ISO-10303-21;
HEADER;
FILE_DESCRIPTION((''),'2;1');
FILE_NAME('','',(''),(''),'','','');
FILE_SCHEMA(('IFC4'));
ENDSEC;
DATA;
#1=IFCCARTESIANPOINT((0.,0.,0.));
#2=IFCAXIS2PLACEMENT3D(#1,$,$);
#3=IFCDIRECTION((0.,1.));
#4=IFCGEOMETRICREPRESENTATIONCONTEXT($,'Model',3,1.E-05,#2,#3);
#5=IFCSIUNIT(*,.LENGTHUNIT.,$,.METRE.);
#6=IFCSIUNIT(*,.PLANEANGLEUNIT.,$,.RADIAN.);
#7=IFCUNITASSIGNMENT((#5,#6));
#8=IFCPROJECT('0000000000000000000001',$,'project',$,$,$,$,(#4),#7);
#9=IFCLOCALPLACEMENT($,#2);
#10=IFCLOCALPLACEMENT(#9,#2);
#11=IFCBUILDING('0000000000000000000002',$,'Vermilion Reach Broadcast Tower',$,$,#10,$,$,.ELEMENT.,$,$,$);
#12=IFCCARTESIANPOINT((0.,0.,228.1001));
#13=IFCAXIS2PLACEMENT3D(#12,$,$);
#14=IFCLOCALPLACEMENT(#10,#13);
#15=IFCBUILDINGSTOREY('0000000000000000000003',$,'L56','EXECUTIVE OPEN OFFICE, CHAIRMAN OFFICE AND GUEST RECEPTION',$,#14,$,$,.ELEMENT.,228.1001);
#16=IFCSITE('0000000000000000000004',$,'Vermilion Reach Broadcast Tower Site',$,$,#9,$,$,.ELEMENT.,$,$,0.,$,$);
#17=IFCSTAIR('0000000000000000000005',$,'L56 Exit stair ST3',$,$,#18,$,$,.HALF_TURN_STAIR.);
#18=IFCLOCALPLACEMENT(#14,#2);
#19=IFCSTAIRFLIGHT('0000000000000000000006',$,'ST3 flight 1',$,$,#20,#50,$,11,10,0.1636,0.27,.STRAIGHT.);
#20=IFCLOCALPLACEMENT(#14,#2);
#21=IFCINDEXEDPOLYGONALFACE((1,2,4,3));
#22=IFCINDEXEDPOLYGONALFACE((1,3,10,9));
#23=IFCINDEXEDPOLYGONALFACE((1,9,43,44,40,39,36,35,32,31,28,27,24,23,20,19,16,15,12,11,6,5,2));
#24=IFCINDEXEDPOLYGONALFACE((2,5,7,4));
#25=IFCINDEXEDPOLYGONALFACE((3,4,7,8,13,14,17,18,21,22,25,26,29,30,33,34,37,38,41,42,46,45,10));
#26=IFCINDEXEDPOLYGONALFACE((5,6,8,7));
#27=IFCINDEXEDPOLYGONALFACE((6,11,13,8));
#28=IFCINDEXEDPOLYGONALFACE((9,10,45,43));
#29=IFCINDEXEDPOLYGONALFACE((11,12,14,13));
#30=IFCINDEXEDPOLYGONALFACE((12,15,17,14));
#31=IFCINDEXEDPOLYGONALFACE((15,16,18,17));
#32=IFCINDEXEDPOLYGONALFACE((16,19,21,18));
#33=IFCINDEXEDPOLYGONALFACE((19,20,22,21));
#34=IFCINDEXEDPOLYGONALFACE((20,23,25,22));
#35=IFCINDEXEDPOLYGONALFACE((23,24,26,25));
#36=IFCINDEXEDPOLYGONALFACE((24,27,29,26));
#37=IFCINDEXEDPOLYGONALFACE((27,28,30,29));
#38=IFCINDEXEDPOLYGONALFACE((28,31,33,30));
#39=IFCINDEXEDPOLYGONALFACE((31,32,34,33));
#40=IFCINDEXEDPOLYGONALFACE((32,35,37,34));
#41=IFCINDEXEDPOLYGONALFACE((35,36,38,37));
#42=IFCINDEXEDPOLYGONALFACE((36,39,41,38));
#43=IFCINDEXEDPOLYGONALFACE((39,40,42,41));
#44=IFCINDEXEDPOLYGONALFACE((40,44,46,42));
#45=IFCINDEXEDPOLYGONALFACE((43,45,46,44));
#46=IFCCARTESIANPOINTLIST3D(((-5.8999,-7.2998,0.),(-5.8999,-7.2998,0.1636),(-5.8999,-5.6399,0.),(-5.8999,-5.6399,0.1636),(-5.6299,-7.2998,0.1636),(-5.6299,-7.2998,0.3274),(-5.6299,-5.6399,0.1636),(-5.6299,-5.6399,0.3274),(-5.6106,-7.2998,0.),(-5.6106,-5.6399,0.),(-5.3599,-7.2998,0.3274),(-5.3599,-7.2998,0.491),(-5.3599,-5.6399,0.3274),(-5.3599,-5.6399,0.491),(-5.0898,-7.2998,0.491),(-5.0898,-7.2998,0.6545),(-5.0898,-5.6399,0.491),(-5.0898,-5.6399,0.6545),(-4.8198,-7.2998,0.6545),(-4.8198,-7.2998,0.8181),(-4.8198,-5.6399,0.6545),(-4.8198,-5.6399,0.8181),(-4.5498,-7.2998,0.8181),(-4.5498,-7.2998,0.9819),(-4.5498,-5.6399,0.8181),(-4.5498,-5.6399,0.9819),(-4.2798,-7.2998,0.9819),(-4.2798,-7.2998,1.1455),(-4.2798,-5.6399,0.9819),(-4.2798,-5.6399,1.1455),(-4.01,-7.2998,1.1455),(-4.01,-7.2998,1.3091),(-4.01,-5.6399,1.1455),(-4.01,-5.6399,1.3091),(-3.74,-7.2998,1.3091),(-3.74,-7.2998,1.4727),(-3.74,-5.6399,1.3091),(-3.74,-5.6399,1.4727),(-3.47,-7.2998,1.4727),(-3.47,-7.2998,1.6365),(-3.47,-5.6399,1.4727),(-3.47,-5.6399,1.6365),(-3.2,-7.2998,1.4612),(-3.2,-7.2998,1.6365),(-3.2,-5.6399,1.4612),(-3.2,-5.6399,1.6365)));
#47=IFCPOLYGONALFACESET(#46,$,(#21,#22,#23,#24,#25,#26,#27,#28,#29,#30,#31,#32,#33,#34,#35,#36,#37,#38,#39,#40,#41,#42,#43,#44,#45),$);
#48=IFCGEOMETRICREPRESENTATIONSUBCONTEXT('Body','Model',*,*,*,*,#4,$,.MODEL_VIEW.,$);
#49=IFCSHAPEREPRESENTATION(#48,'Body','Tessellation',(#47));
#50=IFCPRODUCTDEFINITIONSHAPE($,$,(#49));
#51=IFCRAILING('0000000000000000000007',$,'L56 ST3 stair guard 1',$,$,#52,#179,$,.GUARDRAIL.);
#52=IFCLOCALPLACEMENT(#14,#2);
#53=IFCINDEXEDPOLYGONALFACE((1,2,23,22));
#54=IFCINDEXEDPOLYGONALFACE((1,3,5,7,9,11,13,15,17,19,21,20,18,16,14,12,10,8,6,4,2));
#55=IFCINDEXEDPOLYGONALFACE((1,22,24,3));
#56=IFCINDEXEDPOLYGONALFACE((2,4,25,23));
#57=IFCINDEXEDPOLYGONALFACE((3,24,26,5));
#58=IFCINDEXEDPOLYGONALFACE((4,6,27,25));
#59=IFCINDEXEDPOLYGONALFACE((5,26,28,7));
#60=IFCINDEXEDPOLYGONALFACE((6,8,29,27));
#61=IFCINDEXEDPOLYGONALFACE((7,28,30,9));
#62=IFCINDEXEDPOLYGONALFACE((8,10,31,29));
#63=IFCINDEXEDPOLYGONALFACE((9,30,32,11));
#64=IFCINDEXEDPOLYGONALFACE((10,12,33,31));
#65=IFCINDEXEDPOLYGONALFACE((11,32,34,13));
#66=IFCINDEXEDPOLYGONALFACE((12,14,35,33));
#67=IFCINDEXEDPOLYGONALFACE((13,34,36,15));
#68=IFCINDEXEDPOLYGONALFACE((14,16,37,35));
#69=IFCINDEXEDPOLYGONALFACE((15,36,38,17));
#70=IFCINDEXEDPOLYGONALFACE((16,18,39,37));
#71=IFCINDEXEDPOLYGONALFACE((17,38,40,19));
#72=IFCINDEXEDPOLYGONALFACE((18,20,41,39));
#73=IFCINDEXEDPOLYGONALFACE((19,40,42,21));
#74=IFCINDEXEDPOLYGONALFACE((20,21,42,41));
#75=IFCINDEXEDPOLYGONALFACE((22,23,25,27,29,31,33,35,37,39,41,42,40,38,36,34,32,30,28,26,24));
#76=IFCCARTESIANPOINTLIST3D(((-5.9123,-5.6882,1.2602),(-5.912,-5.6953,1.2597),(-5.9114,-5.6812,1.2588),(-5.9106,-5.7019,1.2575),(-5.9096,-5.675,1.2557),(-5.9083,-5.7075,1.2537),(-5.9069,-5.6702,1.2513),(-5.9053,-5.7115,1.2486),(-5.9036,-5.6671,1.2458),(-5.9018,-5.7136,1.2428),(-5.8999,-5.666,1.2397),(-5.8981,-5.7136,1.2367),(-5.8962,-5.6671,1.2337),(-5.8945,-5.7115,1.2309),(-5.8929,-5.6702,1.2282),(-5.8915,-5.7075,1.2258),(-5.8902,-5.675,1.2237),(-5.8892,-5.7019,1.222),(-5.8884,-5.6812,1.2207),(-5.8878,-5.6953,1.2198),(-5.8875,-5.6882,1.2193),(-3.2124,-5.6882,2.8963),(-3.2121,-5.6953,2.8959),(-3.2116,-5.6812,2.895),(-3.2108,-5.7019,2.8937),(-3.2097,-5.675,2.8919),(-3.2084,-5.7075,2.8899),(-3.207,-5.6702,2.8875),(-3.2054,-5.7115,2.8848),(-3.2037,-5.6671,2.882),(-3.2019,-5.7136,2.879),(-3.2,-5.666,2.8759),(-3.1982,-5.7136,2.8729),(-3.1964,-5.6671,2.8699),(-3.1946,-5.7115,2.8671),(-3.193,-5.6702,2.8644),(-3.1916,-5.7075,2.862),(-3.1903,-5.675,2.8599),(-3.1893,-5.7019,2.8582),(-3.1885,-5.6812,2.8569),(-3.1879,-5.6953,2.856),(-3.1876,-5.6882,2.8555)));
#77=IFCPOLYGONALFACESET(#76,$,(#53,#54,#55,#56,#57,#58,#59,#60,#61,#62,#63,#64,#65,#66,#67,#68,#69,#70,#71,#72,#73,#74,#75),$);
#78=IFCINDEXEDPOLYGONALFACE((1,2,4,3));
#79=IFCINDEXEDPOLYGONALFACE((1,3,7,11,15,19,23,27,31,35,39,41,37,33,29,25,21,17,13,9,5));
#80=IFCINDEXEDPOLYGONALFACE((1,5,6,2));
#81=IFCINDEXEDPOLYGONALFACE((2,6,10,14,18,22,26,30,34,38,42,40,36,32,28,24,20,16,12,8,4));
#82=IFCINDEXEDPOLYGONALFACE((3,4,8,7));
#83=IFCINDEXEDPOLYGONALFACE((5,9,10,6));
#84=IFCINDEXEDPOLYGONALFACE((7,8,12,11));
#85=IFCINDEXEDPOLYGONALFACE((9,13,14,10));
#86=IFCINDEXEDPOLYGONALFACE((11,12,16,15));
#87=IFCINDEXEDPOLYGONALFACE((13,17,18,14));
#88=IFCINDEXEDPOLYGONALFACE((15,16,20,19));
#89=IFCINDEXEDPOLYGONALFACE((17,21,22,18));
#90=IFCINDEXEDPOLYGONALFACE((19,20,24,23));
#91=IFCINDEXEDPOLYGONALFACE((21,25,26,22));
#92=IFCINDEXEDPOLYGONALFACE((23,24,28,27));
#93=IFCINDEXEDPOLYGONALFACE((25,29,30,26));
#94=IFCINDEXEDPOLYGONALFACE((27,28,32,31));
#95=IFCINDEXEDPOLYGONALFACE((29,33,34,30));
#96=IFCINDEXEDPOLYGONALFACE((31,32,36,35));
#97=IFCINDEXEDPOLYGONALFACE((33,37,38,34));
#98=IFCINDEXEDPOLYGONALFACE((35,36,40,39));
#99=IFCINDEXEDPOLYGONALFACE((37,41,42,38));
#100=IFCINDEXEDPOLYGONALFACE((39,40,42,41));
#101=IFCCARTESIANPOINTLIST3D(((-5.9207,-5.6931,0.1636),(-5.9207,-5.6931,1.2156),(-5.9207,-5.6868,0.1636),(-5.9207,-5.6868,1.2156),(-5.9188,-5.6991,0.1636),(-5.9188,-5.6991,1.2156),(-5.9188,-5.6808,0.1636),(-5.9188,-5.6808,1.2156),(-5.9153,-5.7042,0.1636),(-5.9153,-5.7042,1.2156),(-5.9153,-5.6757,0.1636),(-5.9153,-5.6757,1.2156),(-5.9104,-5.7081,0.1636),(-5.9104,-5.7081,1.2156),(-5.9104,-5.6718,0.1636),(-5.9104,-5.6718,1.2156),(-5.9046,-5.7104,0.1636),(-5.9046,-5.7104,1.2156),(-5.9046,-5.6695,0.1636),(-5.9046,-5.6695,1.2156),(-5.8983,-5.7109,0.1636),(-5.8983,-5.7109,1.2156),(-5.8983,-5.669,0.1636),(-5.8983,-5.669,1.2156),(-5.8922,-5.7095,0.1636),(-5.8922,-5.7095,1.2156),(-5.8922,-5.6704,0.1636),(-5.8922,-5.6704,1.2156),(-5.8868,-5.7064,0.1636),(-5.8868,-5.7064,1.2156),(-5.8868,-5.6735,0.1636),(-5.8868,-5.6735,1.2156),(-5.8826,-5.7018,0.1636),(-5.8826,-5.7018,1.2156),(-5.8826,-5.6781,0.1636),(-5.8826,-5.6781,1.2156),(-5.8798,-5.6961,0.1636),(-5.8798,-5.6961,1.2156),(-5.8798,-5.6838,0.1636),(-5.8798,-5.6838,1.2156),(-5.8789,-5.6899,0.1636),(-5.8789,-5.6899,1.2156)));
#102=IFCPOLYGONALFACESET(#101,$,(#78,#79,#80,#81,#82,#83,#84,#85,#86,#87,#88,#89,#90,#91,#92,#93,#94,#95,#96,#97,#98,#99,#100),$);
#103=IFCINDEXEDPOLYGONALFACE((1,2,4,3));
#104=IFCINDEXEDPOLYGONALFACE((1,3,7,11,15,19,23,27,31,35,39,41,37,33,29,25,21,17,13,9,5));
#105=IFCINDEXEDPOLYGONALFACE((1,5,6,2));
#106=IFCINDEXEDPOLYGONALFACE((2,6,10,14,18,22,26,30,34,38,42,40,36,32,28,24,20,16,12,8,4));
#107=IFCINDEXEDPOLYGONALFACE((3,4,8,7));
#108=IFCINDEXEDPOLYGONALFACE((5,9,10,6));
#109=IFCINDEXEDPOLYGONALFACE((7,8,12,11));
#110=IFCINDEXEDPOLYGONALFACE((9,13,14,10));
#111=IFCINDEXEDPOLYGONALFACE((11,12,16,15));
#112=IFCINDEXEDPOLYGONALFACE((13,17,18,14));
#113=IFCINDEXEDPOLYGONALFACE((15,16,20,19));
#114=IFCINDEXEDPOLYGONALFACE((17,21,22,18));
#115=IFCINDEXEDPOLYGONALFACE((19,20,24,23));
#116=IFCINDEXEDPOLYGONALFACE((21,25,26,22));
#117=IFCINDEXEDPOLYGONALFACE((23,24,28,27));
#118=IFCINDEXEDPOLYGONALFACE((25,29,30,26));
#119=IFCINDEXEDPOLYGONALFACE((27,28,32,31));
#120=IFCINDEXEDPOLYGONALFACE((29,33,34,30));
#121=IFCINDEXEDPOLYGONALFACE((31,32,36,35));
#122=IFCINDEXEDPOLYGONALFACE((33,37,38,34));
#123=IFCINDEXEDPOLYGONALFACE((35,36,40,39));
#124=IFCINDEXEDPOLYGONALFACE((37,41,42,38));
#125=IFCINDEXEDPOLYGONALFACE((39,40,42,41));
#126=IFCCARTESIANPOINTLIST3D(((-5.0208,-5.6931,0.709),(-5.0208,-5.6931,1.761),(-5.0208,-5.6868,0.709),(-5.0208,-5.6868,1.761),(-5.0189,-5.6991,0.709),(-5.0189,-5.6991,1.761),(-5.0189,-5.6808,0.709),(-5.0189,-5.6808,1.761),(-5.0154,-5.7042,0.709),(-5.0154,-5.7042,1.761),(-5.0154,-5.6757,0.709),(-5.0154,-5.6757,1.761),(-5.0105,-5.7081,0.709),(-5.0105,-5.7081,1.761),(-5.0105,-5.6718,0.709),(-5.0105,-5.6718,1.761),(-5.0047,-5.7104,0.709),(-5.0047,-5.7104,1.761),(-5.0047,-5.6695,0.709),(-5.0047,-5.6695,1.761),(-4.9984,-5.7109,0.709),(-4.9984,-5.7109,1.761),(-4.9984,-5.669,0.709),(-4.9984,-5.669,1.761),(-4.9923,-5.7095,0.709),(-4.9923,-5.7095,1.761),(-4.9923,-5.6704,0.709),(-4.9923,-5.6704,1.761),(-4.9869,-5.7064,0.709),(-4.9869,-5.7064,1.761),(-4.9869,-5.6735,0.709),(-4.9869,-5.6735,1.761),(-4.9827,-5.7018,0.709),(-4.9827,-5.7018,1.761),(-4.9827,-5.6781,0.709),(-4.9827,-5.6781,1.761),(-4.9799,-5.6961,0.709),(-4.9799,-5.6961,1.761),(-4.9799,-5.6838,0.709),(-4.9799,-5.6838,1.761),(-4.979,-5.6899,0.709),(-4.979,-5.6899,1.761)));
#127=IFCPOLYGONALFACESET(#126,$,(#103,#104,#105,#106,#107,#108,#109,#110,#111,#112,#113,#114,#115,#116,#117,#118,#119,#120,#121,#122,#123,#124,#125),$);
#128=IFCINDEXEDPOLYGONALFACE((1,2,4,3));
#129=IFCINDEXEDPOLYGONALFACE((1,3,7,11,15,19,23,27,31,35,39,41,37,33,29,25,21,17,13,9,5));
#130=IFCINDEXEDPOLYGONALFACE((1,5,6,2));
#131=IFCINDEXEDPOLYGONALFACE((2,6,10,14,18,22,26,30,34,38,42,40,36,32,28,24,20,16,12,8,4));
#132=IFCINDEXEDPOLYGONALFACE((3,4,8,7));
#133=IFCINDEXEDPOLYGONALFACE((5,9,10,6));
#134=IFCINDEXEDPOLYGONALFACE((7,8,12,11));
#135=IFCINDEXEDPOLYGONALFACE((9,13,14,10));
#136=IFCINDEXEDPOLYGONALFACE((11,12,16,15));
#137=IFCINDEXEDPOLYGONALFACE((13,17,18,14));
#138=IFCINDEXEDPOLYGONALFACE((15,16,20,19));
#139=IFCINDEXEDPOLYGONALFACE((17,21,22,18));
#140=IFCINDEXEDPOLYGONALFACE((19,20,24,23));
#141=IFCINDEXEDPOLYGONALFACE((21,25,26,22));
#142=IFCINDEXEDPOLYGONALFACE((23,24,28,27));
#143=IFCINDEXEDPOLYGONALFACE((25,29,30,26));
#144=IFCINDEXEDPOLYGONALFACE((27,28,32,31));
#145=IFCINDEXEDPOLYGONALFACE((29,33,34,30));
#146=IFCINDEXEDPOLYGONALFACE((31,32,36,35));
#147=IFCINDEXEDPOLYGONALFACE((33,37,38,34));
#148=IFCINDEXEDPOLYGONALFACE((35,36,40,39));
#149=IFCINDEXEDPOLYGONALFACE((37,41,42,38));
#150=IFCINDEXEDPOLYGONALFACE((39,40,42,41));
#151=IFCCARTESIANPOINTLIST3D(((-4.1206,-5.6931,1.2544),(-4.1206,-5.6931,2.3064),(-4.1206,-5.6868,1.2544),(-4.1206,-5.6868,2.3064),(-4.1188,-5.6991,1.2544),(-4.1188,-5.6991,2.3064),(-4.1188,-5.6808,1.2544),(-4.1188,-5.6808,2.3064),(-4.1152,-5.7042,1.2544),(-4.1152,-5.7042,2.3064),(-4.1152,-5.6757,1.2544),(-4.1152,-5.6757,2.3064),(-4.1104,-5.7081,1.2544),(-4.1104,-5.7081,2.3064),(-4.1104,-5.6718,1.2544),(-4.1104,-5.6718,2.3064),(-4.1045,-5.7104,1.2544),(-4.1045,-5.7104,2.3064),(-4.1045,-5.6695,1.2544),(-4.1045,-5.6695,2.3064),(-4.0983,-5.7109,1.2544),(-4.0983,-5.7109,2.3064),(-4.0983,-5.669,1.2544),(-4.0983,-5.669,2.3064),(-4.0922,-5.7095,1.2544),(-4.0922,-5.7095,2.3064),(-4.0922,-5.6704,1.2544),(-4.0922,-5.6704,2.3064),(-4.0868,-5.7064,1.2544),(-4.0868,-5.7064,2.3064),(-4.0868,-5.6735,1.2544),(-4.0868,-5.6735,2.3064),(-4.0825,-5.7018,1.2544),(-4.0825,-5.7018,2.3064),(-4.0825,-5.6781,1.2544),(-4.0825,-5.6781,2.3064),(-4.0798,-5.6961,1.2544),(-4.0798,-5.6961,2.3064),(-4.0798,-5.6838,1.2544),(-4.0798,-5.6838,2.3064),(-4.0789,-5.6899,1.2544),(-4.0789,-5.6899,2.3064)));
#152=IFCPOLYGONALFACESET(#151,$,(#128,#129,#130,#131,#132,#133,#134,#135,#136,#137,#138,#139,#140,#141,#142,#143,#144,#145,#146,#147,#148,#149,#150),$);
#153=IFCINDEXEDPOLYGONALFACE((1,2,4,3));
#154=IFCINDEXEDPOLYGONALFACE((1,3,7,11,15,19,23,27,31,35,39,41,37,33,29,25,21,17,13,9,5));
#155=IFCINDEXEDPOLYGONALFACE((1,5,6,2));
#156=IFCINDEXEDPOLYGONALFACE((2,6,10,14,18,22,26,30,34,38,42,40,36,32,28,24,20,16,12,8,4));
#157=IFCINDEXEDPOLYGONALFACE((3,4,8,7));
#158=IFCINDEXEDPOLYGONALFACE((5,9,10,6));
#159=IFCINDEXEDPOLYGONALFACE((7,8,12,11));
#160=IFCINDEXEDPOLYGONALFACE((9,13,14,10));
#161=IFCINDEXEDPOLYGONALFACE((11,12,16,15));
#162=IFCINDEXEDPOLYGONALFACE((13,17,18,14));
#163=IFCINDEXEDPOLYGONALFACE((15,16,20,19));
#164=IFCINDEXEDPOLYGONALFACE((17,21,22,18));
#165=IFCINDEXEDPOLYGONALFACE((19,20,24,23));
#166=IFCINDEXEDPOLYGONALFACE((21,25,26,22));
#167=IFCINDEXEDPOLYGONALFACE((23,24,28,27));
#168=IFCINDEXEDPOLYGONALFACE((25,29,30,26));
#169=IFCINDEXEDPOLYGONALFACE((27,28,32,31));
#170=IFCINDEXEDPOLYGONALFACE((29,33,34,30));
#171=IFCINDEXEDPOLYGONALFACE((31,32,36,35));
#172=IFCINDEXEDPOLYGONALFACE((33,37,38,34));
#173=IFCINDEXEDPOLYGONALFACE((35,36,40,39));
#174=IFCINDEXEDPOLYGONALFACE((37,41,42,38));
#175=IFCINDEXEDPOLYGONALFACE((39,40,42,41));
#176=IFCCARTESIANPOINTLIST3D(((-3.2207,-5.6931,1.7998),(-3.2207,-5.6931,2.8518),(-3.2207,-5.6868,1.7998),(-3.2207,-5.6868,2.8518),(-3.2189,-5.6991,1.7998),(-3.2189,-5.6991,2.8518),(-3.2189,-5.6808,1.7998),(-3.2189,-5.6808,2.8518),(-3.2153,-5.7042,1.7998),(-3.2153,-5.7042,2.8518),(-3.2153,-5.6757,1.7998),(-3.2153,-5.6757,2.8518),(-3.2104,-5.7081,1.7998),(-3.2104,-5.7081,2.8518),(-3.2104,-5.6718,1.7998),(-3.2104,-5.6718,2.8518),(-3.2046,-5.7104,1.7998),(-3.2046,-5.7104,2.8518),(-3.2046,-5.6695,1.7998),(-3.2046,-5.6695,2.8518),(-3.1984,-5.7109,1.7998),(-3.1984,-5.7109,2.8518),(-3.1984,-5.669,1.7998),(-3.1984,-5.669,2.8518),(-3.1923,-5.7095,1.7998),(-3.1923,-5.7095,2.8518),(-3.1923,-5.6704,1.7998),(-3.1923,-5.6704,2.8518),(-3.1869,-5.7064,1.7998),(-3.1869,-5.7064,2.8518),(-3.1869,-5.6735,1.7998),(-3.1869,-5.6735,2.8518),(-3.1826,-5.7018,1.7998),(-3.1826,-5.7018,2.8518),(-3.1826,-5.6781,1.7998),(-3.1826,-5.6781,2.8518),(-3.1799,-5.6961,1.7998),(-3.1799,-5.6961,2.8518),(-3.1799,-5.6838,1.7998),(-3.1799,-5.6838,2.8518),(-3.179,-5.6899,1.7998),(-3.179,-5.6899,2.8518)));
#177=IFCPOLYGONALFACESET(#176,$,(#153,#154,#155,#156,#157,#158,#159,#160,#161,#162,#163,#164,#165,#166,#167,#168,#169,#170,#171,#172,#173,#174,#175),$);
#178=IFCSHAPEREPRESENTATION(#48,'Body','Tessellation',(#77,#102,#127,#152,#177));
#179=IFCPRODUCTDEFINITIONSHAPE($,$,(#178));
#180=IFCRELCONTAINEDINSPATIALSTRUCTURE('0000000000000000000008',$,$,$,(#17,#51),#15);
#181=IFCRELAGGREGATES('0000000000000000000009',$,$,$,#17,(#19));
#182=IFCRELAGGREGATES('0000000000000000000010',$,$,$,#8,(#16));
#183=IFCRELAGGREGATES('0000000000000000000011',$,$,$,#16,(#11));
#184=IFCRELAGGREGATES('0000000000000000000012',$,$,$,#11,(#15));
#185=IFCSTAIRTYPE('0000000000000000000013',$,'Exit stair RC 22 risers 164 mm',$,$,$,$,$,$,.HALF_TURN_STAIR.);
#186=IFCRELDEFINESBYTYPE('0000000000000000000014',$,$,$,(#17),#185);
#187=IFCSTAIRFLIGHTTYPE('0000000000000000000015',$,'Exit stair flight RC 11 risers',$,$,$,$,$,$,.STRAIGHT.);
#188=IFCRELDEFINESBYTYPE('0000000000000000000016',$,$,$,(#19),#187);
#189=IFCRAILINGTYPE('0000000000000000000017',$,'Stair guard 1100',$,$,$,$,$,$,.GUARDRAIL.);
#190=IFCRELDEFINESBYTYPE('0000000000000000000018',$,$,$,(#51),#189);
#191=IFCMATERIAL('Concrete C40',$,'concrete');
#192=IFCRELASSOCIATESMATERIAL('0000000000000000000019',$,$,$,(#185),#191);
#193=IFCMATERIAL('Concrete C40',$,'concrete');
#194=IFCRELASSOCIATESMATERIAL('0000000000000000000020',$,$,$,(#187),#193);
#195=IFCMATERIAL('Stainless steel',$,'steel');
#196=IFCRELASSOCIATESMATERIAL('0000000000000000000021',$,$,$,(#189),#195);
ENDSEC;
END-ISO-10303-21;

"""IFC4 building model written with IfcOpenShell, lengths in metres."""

from ifc_helpers import new_model, si_unit, direction, frame, origin, origin_2d, place, context, subcontext, project, spatial, polyline, circle, outline, extrude, material, type_object, element, aggregate, save


model = new_model("IFC4")

# Units and contexts
model_context = context("Model", 3, precision=1e-05, world=origin(), true_north=direction((0.0, 1.0)))
body_context = subcontext(model_context, "Body", "Model", "MODEL_VIEW")
ifc_project = project(units=[si_unit("LENGTHUNIT", "METRE"), si_unit("PLANEANGLEUNIT", "RADIAN")], contexts=[model_context])

# Site, building, storey
site_placement = place(None, origin())
site = spatial("IfcSite", under=ifc_project, at=site_placement, Name="Vermilion Reach Broadcast Tower Site", CompositionType="ELEMENT", RefElevation=0.0)
building_placement = place(site_placement, origin())
building = spatial("IfcBuilding", under=site, at=building_placement, Name="Vermilion Reach Broadcast Tower", CompositionType="ELEMENT")
storey_placement = place(building_placement, frame((0.0, 0.0, 228.1001)))
storey = spatial("IfcBuildingStorey", under=building, at=storey_placement, Name="L56", Description="EXECUTIVE OPEN OFFICE, CHAIRMAN OFFICE AND GUEST RECEPTION", CompositionType="ELEMENT", Elevation=228.1001)

# Stair, stair flight
ifc_material_1 = material(Name="Concrete C40", Category="concrete")
stair_type = type_object("IfcStairType", Name="Exit stair RC 22 risers 164 mm", PredefinedType="HALF_TURN_STAIR", material=ifc_material_1)
stair_placement = place(storey_placement, origin())
stair = element("IfcStair", 1, at=stair_placement, inside=storey, type_object=stair_type, Name="L56 Exit stair ST3", PredefinedType="HALF_TURN_STAIR")
ifc_material_2 = material(Name="Concrete C40", Category="concrete")
stair_flight_type = type_object("IfcStairFlightType", Name="Exit stair flight RC 11 risers", PredefinedType="STRAIGHT", material=ifc_material_2)
stair_flight_placement = place(storey_placement, frame((-5.8999, -6.47, 0.0), z_axis=(0.0, 0.0, 1.0), x_axis=(1.0, 0.0, 0.0)))
stair_flight = element("IfcStairFlight", 2, at=stair_flight_placement, type_object=stair_flight_type, Name="ST3 flight 1", NumberOfRisers=11, NumberOfTreads=10, PredefinedType="STRAIGHT", RiserHeight=0.1636, TreadLength=0.27, context=body_context, shape_type="SweptSolid", body=[
    extrude(outline(polyline([(0.0, 0.0), (0.0, 0.1636), (0.27, 0.1636), (0.27, 0.3274), (0.54, 0.3274), (0.54, 0.491), (0.8101, 0.491), (0.8101, 0.6545), (1.0801, 0.6545), (1.0801, 0.8181), (1.3501, 0.8181), (1.3501, 0.9819), (1.6201, 0.9819), (1.6201, 1.1455), (1.8899, 1.1455), (1.8899, 1.3091), (2.1599, 1.3091), (2.1599, 1.4727), (2.4299, 1.4727), (2.4299, 1.6365), (2.7, 1.6365), (2.7, 1.8), (2.7, 1.4612), (0.2893, 0.0), (0.0, 0.0)])), frame((0.0, 0.8301, 0.0), z_axis=(0.0, -1.0, 0.0), x_axis=(1.0, 0.0, 0.0)), (0.0, 0.0, 1.0), 1.6599),
])
aggregate(stair, [stair_flight])

# Railing
ifc_material_3 = material(Name="Stainless steel", Category="steel")
railing_type_1 = type_object("IfcRailingType", Name="Stair guard 1100", PredefinedType="GUARDRAIL", material=ifc_material_3)
railing_1_placement = place(storey_placement, frame((-5.8999, -5.6899, 0.1636)))
element("IfcRailing", 3, at=railing_1_placement, inside=storey, type_object=railing_type_1, Name="L56 ST3 stair guard 1", PredefinedType="GUARDRAIL", context=body_context, shape_type="SweptSolid", body=[
    extrude(circle(Radius=0.0239, at=origin_2d()), frame((0.0, 0.0, 1.0762), z_axis=(0.855212, 0.0, 0.518278), x_axis=(0.0, 1.0, 0.0)), (0.0, 0.0, 1.0), 3.157),
    extrude(circle(Radius=0.021, at=origin_2d()), origin(), (0.0, 0.0, 1.0), 1.052),
    extrude(circle(Radius=0.021, at=origin_2d()), frame((0.8999, 0.0, 0.5454)), (0.0, 0.0, 1.0), 1.052),
    extrude(circle(Radius=0.021, at=origin_2d()), frame((1.8, 0.0, 1.0908)), (0.0, 0.0, 1.0), 1.052),
    extrude(circle(Radius=0.021, at=origin_2d()), frame((2.7, 0.0, 1.6362)), (0.0, 0.0, 1.0), 1.052),
])

save(model, "model.ifc")
